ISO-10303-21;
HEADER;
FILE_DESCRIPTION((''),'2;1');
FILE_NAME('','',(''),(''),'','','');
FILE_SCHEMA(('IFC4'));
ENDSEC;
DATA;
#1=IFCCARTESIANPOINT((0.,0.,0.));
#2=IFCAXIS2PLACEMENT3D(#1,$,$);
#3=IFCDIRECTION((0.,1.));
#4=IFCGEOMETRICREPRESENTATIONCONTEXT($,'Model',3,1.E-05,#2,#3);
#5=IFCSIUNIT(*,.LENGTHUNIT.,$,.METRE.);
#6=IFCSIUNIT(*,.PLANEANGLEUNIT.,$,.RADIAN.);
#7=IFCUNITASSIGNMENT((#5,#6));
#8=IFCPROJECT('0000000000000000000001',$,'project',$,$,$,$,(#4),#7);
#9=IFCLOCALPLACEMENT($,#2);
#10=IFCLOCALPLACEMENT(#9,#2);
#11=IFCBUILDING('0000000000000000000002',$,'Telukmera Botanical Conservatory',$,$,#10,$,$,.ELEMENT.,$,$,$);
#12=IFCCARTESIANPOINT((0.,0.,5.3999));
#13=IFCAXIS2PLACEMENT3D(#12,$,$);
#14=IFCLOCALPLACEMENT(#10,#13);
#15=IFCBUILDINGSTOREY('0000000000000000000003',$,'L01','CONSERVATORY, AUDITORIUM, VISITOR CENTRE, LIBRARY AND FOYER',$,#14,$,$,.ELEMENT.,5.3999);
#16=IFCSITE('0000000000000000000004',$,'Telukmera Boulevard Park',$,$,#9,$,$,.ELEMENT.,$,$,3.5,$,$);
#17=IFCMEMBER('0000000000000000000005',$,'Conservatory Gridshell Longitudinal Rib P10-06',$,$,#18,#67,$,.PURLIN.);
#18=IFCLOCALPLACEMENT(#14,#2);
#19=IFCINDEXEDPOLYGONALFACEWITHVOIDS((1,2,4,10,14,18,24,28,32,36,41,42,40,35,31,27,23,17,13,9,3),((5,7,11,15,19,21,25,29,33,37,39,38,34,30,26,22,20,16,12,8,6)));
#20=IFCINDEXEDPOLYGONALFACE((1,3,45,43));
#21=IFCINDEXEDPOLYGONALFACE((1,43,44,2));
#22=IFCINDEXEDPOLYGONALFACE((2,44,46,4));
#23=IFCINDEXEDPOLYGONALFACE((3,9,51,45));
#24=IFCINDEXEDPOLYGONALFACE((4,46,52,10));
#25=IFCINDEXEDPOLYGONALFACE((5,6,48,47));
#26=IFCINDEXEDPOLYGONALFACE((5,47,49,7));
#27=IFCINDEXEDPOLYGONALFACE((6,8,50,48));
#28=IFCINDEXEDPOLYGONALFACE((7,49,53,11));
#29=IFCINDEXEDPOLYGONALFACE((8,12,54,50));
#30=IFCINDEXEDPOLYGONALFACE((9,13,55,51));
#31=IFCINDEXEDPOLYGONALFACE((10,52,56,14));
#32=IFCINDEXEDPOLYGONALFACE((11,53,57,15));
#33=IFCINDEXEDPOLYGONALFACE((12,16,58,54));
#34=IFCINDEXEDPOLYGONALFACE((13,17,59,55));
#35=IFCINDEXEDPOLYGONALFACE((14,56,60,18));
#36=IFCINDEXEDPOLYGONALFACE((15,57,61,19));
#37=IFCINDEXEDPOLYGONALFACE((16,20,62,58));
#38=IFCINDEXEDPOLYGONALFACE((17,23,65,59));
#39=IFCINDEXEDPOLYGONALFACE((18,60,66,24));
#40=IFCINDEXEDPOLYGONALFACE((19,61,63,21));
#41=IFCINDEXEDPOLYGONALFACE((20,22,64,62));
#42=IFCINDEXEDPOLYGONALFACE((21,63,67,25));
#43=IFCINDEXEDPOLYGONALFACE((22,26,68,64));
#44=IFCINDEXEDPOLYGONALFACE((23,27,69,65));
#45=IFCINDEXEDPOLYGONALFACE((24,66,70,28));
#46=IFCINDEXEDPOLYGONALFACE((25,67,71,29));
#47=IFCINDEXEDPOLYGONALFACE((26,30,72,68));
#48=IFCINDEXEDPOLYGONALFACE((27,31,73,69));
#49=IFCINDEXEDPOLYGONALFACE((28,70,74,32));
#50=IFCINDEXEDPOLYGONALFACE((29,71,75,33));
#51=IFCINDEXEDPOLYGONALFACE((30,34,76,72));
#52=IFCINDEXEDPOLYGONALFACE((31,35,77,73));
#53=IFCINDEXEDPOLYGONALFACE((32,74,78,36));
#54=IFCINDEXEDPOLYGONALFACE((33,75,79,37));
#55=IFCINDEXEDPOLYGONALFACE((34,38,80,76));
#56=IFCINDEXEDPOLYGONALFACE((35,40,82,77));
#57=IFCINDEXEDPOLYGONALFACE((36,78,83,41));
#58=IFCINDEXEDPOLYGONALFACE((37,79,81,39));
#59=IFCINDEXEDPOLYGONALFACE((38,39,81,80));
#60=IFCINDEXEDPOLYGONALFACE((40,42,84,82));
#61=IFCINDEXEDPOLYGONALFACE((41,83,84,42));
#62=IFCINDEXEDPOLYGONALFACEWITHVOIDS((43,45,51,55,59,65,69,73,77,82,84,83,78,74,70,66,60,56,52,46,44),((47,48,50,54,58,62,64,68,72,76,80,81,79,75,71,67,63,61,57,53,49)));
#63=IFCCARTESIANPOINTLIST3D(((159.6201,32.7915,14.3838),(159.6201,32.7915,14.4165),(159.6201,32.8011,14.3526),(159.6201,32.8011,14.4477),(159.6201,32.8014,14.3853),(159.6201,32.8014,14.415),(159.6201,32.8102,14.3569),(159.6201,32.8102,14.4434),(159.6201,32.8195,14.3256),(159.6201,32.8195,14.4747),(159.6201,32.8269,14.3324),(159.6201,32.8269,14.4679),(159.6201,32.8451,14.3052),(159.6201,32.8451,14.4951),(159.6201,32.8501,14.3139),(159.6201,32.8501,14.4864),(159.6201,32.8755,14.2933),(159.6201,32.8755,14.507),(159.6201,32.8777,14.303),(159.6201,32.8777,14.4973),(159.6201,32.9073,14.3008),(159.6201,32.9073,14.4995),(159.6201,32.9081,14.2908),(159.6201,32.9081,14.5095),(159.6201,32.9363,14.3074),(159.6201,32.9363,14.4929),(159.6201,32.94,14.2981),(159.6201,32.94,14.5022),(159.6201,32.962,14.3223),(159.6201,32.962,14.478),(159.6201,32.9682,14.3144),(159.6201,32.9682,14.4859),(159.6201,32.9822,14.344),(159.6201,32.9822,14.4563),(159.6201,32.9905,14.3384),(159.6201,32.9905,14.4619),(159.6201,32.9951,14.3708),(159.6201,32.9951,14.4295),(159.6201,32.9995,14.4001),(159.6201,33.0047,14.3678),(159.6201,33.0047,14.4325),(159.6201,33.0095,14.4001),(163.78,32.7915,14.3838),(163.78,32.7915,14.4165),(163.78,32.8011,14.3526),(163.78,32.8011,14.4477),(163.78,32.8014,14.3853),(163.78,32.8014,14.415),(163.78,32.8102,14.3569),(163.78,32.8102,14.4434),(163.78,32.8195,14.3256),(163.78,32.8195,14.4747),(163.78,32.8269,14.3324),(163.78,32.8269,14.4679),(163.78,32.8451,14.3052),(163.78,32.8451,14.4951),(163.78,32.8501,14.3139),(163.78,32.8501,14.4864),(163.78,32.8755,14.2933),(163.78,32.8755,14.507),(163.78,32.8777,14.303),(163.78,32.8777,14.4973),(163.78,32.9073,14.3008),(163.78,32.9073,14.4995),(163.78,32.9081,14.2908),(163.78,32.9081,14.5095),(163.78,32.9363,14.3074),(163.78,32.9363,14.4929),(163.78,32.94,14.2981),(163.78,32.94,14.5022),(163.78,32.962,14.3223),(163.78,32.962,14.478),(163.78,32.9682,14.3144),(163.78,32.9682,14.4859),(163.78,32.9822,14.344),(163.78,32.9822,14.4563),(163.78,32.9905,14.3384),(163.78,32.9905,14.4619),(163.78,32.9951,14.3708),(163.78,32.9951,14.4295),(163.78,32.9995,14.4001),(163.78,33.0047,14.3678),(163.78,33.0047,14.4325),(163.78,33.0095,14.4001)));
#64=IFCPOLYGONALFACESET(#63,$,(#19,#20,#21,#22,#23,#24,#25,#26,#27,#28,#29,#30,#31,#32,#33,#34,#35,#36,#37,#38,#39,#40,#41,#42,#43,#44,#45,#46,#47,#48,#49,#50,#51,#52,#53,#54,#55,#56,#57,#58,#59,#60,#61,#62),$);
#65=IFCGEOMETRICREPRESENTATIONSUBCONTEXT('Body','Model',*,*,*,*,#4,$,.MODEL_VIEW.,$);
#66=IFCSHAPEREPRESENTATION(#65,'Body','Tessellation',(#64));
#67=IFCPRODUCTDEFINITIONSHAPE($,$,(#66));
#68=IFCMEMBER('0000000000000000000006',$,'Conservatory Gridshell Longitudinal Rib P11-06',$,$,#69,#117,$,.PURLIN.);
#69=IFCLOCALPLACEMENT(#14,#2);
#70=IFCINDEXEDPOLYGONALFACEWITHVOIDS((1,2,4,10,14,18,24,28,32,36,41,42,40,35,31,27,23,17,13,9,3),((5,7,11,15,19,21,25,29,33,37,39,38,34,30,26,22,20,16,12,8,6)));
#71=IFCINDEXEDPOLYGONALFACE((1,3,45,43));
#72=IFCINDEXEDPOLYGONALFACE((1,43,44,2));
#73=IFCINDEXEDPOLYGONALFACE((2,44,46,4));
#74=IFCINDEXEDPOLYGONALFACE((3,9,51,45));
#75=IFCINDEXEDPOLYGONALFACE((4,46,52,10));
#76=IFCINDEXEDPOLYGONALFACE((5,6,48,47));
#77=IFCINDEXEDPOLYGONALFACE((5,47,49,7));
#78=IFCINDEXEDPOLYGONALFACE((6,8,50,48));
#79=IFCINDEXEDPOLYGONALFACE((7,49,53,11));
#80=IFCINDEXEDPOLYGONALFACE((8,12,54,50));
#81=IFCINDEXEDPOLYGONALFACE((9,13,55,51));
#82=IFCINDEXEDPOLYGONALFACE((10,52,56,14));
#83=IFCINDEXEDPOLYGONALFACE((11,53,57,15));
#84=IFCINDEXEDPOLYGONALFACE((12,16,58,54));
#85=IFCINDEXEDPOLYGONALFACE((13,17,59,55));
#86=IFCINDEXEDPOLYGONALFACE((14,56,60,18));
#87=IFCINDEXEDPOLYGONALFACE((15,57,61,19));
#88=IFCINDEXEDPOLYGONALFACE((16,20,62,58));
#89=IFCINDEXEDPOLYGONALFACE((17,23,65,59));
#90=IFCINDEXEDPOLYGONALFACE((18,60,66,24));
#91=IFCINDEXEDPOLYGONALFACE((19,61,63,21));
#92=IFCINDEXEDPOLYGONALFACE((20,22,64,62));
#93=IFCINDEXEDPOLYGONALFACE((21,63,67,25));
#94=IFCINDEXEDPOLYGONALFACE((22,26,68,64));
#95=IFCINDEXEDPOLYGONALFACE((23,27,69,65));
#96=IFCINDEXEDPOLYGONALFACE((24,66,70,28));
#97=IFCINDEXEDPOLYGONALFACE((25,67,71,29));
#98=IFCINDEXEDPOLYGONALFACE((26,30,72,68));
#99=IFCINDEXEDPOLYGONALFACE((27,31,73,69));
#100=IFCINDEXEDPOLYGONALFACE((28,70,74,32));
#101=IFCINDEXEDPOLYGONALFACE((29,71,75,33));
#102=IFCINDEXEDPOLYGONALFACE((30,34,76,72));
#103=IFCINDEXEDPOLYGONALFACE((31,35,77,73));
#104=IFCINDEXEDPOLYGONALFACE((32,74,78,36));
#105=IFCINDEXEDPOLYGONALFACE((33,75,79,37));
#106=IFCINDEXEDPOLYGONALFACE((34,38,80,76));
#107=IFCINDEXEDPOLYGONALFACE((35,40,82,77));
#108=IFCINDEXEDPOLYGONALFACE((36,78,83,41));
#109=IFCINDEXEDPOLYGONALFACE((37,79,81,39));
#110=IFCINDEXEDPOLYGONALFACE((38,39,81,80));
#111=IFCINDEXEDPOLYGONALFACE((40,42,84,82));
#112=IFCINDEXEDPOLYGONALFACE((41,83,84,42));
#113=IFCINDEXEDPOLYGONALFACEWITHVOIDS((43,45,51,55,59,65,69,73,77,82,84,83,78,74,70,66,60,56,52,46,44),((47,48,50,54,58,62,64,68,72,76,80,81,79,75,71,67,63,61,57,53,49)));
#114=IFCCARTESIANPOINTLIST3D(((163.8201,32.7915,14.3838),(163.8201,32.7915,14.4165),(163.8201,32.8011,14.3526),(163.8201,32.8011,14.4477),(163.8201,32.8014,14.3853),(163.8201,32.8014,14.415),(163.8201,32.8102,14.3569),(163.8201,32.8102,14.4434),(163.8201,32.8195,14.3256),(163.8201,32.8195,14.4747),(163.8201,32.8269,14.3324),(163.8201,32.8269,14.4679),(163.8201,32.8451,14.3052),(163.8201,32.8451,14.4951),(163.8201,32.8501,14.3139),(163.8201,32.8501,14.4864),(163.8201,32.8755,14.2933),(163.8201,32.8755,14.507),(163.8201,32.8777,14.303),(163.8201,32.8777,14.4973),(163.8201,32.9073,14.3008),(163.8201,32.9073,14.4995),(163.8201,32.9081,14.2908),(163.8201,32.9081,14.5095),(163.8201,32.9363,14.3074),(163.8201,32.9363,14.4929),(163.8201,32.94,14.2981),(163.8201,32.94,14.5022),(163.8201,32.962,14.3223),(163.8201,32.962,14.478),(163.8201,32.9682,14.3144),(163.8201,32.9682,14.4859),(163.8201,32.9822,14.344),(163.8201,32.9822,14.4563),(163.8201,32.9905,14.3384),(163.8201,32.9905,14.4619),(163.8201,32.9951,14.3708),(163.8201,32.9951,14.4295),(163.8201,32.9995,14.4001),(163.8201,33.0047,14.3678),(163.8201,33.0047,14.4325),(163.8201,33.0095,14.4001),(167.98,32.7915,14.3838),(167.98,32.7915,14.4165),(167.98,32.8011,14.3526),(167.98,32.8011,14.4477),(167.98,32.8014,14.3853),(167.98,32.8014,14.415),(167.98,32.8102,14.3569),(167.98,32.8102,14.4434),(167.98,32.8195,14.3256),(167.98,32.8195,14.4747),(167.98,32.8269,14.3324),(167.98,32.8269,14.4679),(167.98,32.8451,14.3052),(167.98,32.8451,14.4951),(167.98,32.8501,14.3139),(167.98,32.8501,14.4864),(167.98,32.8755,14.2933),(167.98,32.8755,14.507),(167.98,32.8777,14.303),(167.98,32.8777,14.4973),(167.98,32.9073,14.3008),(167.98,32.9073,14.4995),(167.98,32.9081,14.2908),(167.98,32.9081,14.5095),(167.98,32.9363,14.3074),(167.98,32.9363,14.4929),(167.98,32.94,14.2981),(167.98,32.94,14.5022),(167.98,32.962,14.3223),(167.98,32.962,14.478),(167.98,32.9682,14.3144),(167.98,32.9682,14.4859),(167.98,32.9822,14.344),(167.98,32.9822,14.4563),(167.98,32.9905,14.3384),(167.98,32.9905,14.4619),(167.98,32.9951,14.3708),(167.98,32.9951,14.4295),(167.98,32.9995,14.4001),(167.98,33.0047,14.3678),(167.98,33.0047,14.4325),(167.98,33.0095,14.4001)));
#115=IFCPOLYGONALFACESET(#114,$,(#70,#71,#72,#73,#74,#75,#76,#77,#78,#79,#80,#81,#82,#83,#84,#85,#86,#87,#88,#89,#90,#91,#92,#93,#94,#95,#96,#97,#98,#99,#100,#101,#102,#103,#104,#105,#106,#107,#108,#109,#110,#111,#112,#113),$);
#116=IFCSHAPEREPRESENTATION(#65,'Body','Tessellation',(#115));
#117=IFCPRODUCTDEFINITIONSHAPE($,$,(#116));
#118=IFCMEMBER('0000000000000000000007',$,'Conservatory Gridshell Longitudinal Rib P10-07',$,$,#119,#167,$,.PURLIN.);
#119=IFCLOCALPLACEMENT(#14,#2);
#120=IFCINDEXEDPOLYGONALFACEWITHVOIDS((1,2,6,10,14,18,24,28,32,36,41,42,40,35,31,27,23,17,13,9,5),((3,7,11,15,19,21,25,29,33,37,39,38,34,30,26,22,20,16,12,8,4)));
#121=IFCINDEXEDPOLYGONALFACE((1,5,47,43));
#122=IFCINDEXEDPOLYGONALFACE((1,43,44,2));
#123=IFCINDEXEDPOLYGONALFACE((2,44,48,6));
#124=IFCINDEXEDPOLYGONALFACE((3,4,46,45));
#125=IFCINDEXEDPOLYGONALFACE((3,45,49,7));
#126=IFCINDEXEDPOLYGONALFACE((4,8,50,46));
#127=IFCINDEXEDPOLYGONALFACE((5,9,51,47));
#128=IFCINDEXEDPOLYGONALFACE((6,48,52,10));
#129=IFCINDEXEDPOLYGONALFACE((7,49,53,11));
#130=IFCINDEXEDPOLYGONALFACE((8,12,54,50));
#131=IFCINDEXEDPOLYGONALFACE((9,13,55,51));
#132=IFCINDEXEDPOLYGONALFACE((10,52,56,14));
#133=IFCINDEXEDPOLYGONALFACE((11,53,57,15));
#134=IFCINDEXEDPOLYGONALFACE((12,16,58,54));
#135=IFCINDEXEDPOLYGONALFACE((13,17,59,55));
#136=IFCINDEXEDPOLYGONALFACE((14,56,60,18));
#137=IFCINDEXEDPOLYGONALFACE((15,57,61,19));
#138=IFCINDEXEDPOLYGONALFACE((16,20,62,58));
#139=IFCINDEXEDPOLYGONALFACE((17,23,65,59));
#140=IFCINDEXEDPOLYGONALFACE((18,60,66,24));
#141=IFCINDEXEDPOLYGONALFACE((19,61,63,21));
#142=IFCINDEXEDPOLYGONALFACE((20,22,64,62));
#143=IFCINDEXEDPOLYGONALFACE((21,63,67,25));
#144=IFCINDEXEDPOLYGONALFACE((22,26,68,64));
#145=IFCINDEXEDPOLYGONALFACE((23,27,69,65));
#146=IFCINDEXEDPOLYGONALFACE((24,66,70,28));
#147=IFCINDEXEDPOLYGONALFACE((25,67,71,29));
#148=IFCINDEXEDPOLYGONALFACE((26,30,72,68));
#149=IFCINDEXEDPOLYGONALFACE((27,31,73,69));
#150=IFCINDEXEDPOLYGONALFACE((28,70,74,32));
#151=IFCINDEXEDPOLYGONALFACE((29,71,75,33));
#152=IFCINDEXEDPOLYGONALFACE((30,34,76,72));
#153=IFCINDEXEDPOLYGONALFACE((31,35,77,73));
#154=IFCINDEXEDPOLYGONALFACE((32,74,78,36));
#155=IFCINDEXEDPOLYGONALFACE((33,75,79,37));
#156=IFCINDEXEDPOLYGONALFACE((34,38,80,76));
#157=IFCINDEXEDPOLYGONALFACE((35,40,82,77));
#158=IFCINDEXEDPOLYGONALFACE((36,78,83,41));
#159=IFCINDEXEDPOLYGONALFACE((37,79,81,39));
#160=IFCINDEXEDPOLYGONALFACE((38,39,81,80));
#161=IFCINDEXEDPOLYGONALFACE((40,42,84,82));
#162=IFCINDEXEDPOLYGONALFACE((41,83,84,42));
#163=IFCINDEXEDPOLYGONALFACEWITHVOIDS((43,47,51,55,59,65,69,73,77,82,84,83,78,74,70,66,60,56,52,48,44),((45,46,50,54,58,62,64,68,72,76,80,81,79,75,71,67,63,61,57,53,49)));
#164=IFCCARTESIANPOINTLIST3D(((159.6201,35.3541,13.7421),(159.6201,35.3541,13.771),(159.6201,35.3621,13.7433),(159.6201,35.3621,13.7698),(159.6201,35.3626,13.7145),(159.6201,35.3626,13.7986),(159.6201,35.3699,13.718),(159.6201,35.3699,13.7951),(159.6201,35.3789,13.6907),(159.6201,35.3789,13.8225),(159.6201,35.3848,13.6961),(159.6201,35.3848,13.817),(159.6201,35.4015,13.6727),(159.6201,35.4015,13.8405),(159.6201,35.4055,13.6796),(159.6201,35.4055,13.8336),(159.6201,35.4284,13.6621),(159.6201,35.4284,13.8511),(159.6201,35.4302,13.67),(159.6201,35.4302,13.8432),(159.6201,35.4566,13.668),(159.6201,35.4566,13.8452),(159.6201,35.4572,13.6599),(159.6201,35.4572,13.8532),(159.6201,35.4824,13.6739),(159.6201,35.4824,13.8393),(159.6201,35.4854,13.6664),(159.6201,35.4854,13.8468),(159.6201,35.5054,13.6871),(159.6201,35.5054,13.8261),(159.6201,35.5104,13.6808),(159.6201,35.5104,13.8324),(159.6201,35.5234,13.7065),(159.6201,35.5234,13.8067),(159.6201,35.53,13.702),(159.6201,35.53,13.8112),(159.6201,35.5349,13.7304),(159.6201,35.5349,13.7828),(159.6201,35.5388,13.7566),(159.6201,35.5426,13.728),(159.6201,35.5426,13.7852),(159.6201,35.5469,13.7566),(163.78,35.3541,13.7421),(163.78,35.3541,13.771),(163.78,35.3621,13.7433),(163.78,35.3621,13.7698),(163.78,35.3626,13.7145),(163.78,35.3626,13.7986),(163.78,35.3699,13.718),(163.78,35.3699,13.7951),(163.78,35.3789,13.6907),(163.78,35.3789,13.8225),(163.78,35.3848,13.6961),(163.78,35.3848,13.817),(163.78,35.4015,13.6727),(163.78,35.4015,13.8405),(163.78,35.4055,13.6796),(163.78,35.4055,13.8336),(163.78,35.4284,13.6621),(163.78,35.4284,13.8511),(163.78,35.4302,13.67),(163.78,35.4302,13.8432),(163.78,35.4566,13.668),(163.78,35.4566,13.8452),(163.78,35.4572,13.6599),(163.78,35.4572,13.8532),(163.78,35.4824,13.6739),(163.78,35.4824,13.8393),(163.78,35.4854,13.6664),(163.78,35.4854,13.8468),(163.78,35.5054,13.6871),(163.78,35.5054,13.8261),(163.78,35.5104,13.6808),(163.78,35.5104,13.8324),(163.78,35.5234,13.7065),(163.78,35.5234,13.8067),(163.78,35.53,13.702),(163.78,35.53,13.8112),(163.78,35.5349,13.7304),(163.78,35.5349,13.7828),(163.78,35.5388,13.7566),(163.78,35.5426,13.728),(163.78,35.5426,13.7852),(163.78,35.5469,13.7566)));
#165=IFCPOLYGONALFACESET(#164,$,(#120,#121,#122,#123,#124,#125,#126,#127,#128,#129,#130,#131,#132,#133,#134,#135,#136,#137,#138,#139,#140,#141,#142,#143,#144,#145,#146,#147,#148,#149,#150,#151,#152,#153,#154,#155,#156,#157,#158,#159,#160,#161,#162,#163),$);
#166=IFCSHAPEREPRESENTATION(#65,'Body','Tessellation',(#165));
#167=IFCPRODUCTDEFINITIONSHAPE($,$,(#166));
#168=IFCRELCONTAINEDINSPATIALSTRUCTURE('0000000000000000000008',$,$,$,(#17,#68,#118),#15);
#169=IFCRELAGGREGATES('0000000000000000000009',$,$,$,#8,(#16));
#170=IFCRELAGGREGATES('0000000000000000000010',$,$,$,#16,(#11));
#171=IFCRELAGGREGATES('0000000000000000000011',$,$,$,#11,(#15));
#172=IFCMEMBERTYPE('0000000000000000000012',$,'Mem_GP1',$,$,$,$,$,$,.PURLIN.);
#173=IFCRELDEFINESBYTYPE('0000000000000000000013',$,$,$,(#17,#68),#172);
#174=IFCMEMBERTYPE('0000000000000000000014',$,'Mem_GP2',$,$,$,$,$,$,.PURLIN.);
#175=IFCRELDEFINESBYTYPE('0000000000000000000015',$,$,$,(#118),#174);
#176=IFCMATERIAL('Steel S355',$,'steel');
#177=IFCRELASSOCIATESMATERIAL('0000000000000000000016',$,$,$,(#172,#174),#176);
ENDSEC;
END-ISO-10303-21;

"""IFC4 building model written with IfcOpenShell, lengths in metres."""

from ifc_helpers import new_model, si_unit, direction, frame, origin, origin_2d, place, context, subcontext, project, spatial, hollow_circle, extrude, material, material_profile, profile_set, type_object, element, save


model = new_model("IFC4")

# Units and contexts
model_context = context("Model", 3, precision=1e-05, world=origin(), true_north=direction((0.0, 1.0)))
body_context = subcontext(model_context, "Body", "Model", "MODEL_VIEW")
ifc_project = project(units=[si_unit("LENGTHUNIT", "METRE"), si_unit("PLANEANGLEUNIT", "RADIAN")], contexts=[model_context])

# Site, building, storey
site_placement = place(None, origin())
site = spatial("IfcSite", under=ifc_project, at=site_placement, Name="Telukmera Boulevard Park", CompositionType="ELEMENT", RefElevation=3.5)
building_placement = place(site_placement, origin())
building = spatial("IfcBuilding", under=site, at=building_placement, Name="Telukmera Botanical Conservatory", CompositionType="ELEMENT")
storey_placement = place(building_placement, frame((0.0, 0.0, 5.3999)))
storey = spatial("IfcBuildingStorey", under=building, at=storey_placement, Name="L01", Description="CONSERVATORY, AUDITORIUM, VISITOR CENTRE, LIBRARY AND FOYER", CompositionType="ELEMENT", Elevation=5.3999)

# Shared definitions
ifc_material = material(Name="Steel S355", Category="steel")

# Members
ifc_material_profile_1 = material_profile(ifc_material, hollow_circle(Radius=0.1096, WallThickness=0.01, at=origin_2d()), Name="CHS 219.1x10.0")
ifc_profile_set_1 = profile_set([ifc_material_profile_1], Name="Steel S355")
member_type_1 = type_object("IfcMemberType", Name="Mem_GP1", PredefinedType="PURLIN", material=ifc_profile_set_1)
for number, where, z_axis, x_axis, name in (
    (1, (159.6201, 32.8999, 14.4001), (1.0, 0.0, 0.0), (0.0, 1.0, 0.0), "Conservatory Gridshell Longitudinal Rib P10-06"),
    (2, (163.8201, 32.8999, 14.4001), (1.0, 0.0, 0.0), (0.0, 1.0, 0.0), "Conservatory Gridshell Longitudinal Rib P11-06"),
):
    element("IfcMember", number, at=place(storey_placement, frame(where, z_axis=z_axis, x_axis=x_axis)), inside=storey, type_object=member_type_1, Name=name, PredefinedType="PURLIN", context=body_context, shape_type="SweptSolid", body=[
        extrude(hollow_circle(Radius=0.1096, WallThickness=0.01, at=origin_2d()), origin(), (0.0, 0.0, 1.0), 4.1599),
    ])
ifc_material_profile_2 = material_profile(ifc_material, hollow_circle(Radius=0.0969, WallThickness=0.0081, at=origin_2d()), Name="CHS 193.7x8.0")
ifc_profile_set_2 = profile_set([ifc_material_profile_2], Name="Steel S355")
member_type_2 = type_object("IfcMemberType", Name="Mem_GP2", PredefinedType="PURLIN", material=ifc_profile_set_2)
for number, where, z_axis, x_axis, name in (
    (3, (159.6201, 35.45, 13.7566), (1.0, 0.0, 0.0), (0.0, 1.0, 0.0), "Conservatory Gridshell Longitudinal Rib P10-07"),
):
    element("IfcMember", number, at=place(storey_placement, frame(where, z_axis=z_axis, x_axis=x_axis)), inside=storey, type_object=member_type_2, Name=name, PredefinedType="PURLIN", context=body_context, shape_type="SweptSolid", body=[
        extrude(hollow_circle(Radius=0.0969, WallThickness=0.0081, at=origin_2d()), origin(), (0.0, 0.0, 1.0), 4.1599),
    ])

save(model, "model.ifc")
